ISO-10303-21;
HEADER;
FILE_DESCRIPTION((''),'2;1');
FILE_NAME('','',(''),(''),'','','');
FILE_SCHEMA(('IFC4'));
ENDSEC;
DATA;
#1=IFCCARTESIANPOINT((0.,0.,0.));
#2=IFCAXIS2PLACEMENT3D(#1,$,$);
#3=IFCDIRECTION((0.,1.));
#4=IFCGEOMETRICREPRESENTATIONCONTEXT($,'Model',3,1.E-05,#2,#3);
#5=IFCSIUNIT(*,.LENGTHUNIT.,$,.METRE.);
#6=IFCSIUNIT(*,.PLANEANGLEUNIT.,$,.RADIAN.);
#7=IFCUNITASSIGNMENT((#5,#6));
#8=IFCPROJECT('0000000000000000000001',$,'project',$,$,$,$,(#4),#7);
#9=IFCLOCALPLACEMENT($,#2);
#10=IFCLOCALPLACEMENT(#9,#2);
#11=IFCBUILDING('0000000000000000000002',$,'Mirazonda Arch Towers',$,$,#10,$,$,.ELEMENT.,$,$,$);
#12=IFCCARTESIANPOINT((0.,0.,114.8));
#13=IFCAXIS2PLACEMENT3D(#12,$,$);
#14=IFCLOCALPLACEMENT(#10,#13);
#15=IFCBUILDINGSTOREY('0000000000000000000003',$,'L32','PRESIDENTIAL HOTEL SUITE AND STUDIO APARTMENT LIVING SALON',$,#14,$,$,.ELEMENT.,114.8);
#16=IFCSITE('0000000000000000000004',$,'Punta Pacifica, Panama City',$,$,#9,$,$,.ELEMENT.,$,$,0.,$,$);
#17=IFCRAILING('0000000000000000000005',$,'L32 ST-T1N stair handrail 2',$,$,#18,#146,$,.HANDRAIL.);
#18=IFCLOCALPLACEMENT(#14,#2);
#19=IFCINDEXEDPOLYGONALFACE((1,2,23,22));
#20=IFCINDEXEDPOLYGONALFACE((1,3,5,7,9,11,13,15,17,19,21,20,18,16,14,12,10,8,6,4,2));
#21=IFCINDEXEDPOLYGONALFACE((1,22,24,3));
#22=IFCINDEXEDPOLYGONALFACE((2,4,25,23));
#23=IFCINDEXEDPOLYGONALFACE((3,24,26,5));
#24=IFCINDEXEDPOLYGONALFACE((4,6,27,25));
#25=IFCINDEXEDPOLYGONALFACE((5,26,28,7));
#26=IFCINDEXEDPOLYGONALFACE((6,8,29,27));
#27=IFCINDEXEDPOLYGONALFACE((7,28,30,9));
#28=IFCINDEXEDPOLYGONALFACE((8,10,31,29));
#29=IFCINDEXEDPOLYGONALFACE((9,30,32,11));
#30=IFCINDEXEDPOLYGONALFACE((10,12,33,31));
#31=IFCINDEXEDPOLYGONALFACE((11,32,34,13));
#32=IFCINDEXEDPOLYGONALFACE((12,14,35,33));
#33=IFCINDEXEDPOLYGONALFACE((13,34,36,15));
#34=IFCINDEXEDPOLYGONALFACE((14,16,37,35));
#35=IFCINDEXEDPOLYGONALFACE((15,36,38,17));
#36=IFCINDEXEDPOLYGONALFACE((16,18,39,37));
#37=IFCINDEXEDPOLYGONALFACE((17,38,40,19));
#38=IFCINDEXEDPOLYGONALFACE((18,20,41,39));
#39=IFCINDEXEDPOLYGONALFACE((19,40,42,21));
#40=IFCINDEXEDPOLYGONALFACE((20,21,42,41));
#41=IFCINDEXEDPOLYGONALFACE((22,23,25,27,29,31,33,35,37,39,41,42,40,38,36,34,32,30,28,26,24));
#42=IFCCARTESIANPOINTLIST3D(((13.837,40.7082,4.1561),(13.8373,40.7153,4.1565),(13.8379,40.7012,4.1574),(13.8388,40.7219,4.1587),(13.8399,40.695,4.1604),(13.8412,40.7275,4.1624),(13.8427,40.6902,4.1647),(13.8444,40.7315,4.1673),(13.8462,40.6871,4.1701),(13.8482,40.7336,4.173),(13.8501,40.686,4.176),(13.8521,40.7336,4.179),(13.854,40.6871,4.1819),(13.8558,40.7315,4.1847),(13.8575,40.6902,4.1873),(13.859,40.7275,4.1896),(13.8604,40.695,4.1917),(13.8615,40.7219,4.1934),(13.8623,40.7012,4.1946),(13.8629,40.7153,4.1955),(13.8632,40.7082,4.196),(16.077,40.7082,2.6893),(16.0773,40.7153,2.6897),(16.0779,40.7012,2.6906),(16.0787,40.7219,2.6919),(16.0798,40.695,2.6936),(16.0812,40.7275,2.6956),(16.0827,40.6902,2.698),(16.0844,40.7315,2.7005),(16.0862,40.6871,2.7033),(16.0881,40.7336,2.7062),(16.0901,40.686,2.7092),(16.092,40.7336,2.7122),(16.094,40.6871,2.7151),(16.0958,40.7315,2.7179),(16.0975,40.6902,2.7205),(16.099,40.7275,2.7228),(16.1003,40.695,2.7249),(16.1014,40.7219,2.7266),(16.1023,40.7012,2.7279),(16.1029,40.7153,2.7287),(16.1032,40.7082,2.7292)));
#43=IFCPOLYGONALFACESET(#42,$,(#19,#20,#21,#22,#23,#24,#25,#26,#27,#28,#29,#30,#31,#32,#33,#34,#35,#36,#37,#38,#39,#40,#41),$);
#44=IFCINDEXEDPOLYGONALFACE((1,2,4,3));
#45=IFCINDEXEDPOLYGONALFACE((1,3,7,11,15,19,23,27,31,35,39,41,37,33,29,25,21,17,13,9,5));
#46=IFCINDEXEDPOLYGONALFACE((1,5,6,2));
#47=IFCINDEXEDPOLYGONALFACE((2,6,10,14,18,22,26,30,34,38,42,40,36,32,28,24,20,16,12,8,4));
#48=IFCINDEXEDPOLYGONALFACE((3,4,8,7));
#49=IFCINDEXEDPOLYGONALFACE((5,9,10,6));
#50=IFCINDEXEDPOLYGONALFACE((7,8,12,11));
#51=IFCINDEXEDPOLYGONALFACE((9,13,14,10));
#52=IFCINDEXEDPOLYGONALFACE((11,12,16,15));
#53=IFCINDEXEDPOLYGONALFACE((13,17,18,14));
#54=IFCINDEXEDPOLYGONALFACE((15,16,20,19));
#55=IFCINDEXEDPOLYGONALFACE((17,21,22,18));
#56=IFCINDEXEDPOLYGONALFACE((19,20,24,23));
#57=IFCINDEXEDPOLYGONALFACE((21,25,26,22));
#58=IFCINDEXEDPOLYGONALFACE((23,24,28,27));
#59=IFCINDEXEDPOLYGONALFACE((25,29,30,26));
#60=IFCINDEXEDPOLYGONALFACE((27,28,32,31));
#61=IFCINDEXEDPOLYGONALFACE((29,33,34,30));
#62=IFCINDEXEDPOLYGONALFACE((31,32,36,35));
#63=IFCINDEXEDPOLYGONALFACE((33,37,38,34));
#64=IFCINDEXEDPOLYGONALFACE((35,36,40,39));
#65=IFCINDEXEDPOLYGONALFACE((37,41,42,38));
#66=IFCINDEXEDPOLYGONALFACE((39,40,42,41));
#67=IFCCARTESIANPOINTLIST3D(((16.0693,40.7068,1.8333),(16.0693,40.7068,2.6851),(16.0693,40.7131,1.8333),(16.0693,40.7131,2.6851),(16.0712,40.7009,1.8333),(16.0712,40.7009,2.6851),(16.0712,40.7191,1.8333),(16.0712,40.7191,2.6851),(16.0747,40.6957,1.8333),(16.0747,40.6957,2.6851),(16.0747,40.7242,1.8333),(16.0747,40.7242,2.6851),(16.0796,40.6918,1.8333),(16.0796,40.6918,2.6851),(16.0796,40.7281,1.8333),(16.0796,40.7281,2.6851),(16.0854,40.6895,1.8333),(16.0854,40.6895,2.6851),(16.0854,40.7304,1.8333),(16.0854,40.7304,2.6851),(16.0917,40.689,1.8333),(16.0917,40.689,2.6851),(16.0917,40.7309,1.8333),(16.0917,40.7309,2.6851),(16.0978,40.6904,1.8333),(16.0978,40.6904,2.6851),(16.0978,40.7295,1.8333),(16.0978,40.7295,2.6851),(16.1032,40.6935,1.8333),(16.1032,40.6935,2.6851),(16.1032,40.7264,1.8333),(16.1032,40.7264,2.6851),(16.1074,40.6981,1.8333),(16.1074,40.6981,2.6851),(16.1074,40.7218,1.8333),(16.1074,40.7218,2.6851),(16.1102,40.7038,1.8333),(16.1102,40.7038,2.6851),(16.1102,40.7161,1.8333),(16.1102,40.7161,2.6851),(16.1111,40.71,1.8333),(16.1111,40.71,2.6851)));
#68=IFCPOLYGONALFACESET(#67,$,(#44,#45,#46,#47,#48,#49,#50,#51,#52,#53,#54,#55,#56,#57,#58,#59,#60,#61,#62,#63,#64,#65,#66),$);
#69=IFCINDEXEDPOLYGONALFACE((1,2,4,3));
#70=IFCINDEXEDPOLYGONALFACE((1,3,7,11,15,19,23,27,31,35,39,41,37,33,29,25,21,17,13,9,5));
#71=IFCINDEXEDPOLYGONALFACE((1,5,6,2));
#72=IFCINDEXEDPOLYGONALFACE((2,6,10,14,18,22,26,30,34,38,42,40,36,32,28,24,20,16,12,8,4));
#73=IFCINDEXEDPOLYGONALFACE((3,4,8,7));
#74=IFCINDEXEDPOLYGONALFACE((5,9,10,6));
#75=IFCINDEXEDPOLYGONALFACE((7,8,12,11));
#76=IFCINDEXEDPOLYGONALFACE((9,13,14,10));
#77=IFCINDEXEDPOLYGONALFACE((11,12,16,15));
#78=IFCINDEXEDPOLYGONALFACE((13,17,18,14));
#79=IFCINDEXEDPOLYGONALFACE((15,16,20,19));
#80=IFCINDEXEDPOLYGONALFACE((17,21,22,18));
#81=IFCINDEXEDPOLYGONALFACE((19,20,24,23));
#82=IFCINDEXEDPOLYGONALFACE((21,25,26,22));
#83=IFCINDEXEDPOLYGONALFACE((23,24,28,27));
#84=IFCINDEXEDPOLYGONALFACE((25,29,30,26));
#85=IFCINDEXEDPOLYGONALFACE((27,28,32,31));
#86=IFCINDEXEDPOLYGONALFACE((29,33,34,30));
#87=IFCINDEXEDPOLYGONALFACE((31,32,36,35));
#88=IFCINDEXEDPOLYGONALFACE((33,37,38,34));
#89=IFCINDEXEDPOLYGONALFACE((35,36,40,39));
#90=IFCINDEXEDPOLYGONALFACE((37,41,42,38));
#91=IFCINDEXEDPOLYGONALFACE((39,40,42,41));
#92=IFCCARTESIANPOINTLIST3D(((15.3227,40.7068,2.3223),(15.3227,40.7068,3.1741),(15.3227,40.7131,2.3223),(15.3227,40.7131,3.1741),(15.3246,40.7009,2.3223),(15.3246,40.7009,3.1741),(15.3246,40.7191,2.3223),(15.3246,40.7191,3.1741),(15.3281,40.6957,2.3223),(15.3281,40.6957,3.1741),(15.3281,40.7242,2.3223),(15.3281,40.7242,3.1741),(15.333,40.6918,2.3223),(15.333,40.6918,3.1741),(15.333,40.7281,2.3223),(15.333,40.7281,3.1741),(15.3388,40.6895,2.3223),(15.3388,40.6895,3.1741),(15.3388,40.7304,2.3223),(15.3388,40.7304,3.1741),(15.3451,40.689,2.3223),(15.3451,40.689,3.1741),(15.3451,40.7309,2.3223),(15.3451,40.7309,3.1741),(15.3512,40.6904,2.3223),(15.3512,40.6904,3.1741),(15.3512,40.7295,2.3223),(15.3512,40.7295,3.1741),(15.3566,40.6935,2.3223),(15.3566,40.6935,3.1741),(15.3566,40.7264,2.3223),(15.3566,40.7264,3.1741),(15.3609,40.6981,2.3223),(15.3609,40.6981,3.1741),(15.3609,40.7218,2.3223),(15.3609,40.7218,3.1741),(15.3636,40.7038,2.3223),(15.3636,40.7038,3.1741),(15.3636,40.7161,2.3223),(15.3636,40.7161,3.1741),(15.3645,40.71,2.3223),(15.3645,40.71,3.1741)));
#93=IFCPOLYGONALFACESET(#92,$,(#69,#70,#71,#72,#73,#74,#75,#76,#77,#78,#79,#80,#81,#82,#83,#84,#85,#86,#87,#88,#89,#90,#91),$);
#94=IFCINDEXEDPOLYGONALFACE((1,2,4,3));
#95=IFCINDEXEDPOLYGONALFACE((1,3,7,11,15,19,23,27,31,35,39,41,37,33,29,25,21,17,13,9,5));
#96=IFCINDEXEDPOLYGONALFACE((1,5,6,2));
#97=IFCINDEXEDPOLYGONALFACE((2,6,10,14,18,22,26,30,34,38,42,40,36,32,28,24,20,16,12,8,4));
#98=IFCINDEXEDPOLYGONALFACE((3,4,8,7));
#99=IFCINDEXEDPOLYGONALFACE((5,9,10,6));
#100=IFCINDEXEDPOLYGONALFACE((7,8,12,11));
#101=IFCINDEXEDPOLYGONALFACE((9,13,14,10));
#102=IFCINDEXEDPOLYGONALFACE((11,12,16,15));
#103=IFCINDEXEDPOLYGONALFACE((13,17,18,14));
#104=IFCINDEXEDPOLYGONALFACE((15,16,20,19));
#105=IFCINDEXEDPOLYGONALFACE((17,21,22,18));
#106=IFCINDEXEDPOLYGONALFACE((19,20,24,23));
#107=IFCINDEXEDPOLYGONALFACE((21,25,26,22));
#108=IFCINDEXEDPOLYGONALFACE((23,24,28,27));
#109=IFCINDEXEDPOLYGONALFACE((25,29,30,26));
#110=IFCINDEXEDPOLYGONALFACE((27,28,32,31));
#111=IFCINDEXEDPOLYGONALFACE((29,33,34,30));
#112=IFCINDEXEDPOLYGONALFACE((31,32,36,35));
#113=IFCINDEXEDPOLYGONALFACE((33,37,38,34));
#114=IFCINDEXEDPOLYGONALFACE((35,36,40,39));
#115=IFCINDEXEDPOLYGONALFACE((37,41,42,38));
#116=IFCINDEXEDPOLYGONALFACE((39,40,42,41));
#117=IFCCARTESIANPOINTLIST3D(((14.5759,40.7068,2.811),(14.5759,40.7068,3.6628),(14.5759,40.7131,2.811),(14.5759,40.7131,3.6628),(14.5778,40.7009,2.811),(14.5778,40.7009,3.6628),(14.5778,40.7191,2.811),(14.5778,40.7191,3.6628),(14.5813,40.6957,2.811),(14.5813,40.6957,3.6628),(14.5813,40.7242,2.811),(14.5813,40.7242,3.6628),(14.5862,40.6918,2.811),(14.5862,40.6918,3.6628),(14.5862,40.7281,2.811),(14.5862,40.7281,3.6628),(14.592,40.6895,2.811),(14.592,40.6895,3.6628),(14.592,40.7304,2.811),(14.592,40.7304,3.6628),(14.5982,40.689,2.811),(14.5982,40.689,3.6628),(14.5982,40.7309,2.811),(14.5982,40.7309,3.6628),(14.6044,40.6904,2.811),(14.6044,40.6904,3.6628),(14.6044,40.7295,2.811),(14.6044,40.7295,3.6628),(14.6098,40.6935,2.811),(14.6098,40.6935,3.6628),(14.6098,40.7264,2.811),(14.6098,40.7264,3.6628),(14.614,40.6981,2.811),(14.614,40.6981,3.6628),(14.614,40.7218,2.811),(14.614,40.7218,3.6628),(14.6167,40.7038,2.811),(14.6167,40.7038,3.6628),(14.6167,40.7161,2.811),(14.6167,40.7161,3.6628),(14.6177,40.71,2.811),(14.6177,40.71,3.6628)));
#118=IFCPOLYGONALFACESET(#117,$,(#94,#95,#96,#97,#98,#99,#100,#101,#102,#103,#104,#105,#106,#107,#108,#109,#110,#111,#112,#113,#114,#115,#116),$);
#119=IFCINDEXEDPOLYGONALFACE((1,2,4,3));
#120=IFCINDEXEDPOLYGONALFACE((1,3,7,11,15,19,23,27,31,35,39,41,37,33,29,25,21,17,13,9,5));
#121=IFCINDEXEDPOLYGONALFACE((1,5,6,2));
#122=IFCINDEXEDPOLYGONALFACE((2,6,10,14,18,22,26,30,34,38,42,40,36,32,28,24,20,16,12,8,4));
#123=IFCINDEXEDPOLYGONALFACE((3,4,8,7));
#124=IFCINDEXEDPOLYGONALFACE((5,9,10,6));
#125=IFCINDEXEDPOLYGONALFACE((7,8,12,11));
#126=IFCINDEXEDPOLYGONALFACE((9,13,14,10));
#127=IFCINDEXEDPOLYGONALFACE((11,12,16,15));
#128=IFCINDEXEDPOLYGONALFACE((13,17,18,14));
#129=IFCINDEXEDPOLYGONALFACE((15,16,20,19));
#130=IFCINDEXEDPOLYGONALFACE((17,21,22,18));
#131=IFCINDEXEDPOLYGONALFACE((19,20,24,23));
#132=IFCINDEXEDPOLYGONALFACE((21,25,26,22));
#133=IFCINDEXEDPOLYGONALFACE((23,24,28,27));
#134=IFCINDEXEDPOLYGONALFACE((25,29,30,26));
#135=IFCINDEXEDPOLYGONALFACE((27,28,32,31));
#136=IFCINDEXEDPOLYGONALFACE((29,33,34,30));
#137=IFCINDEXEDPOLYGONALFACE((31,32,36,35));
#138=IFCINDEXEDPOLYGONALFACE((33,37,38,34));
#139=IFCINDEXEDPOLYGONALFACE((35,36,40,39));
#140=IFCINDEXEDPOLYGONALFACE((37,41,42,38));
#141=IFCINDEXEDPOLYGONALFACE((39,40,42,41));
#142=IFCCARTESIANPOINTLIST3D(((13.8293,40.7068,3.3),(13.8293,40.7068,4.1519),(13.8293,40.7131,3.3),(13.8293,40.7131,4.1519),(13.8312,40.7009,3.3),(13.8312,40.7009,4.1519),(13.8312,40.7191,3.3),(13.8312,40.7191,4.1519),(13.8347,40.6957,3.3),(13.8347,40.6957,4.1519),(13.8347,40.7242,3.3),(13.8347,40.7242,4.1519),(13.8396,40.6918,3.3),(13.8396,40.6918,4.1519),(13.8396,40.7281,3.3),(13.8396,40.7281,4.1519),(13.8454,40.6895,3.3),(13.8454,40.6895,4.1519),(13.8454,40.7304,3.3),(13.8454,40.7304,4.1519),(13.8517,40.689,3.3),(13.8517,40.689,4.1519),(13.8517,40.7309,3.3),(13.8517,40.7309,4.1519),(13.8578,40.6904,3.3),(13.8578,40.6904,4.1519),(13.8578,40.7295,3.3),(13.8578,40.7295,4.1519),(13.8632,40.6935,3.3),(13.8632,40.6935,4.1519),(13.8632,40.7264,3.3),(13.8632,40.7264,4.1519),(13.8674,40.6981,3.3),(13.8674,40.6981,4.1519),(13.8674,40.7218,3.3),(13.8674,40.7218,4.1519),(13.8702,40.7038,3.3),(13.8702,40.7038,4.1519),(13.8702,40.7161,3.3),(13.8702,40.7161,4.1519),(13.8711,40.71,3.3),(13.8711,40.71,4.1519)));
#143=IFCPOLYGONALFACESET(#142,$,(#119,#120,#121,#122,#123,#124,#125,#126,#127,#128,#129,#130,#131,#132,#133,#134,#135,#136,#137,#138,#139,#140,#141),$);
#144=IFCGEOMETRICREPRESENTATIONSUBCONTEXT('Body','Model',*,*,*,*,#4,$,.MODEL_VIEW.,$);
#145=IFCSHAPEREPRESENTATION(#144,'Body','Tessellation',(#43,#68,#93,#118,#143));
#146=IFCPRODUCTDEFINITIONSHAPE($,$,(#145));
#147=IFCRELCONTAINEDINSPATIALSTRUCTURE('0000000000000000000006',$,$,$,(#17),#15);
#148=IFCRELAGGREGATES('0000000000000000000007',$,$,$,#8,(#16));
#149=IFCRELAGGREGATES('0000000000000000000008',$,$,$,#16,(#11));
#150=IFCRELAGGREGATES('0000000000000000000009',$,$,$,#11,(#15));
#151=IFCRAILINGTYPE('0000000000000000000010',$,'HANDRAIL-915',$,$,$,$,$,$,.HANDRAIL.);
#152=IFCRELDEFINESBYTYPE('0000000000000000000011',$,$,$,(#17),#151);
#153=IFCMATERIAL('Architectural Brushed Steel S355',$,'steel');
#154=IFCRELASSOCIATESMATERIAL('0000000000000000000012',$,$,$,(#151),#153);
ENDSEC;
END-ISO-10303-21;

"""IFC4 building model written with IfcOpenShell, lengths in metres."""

from ifc_helpers import new_model, si_unit, direction, frame, origin, origin_2d, place, context, subcontext, project, spatial, circle, extrude, material, type_object, element, save


model = new_model("IFC4")

# Units and contexts
model_context = context("Model", 3, precision=1e-05, world=origin(), true_north=direction((0.0, 1.0)))
body_context = subcontext(model_context, "Body", "Model", "MODEL_VIEW")
ifc_project = project(units=[si_unit("LENGTHUNIT", "METRE"), si_unit("PLANEANGLEUNIT", "RADIAN")], contexts=[model_context])

# Site, building, storey
site_placement = place(None, origin())
site = spatial("IfcSite", under=ifc_project, at=site_placement, Name="Punta Pacifica, Panama City", CompositionType="ELEMENT", RefElevation=0.0)
building_placement = place(site_placement, origin())
building = spatial("IfcBuilding", under=site, at=building_placement, Name="Mirazonda Arch Towers", CompositionType="ELEMENT")
storey_placement = place(building_placement, frame((0.0, 0.0, 114.8)))
storey = spatial("IfcBuildingStorey", under=building, at=storey_placement, Name="L32", Description="PRESIDENTIAL HOTEL SUITE AND STUDIO APARTMENT LIVING SALON", CompositionType="ELEMENT", Elevation=114.8)

# Shared definitions
ifc_material_1 = material(Name="Architectural Brushed Steel S355", Category="steel")

# Railing
railing_type_1 = type_object("IfcRailingType", Name="HANDRAIL-915", PredefinedType="HANDRAIL", material=ifc_material_1)
railing_1_placement = place(storey_placement, frame((16.0901, 40.71, 1.8333)))
element("IfcRailing", 1, at=railing_1_placement, inside=storey, type_object=railing_type_1, Name="L32 ST-T1N stair handrail 2", PredefinedType="HANDRAIL", context=body_context, shape_type="SweptSolid", body=[
    extrude(circle(Radius=0.0239, at=origin_2d()), frame((0.0, 0.0, 0.876), z_axis=(-0.836595, 0.0, 0.547822), x_axis=(0.0, -1.0, 0.0)), (0.0, 0.0, 1.0), 2.6775),
    extrude(circle(Radius=0.021, at=origin_2d()), origin(), (0.0, 0.0, 1.0), 0.8518),
    extrude(circle(Radius=0.021, at=origin_2d()), frame((-0.7466, 0.0, 0.489)), (0.0, 0.0, 1.0), 0.8518),
    extrude(circle(Radius=0.021, at=origin_2d()), frame((-1.4934, 0.0, 0.9778)), (0.0, 0.0, 1.0), 0.8518),
    extrude(circle(Radius=0.021, at=origin_2d()), frame((-2.24, 0.0, 1.4668)), (0.0, 0.0, 1.0), 0.8518),
])

save(model, "model.ifc")
